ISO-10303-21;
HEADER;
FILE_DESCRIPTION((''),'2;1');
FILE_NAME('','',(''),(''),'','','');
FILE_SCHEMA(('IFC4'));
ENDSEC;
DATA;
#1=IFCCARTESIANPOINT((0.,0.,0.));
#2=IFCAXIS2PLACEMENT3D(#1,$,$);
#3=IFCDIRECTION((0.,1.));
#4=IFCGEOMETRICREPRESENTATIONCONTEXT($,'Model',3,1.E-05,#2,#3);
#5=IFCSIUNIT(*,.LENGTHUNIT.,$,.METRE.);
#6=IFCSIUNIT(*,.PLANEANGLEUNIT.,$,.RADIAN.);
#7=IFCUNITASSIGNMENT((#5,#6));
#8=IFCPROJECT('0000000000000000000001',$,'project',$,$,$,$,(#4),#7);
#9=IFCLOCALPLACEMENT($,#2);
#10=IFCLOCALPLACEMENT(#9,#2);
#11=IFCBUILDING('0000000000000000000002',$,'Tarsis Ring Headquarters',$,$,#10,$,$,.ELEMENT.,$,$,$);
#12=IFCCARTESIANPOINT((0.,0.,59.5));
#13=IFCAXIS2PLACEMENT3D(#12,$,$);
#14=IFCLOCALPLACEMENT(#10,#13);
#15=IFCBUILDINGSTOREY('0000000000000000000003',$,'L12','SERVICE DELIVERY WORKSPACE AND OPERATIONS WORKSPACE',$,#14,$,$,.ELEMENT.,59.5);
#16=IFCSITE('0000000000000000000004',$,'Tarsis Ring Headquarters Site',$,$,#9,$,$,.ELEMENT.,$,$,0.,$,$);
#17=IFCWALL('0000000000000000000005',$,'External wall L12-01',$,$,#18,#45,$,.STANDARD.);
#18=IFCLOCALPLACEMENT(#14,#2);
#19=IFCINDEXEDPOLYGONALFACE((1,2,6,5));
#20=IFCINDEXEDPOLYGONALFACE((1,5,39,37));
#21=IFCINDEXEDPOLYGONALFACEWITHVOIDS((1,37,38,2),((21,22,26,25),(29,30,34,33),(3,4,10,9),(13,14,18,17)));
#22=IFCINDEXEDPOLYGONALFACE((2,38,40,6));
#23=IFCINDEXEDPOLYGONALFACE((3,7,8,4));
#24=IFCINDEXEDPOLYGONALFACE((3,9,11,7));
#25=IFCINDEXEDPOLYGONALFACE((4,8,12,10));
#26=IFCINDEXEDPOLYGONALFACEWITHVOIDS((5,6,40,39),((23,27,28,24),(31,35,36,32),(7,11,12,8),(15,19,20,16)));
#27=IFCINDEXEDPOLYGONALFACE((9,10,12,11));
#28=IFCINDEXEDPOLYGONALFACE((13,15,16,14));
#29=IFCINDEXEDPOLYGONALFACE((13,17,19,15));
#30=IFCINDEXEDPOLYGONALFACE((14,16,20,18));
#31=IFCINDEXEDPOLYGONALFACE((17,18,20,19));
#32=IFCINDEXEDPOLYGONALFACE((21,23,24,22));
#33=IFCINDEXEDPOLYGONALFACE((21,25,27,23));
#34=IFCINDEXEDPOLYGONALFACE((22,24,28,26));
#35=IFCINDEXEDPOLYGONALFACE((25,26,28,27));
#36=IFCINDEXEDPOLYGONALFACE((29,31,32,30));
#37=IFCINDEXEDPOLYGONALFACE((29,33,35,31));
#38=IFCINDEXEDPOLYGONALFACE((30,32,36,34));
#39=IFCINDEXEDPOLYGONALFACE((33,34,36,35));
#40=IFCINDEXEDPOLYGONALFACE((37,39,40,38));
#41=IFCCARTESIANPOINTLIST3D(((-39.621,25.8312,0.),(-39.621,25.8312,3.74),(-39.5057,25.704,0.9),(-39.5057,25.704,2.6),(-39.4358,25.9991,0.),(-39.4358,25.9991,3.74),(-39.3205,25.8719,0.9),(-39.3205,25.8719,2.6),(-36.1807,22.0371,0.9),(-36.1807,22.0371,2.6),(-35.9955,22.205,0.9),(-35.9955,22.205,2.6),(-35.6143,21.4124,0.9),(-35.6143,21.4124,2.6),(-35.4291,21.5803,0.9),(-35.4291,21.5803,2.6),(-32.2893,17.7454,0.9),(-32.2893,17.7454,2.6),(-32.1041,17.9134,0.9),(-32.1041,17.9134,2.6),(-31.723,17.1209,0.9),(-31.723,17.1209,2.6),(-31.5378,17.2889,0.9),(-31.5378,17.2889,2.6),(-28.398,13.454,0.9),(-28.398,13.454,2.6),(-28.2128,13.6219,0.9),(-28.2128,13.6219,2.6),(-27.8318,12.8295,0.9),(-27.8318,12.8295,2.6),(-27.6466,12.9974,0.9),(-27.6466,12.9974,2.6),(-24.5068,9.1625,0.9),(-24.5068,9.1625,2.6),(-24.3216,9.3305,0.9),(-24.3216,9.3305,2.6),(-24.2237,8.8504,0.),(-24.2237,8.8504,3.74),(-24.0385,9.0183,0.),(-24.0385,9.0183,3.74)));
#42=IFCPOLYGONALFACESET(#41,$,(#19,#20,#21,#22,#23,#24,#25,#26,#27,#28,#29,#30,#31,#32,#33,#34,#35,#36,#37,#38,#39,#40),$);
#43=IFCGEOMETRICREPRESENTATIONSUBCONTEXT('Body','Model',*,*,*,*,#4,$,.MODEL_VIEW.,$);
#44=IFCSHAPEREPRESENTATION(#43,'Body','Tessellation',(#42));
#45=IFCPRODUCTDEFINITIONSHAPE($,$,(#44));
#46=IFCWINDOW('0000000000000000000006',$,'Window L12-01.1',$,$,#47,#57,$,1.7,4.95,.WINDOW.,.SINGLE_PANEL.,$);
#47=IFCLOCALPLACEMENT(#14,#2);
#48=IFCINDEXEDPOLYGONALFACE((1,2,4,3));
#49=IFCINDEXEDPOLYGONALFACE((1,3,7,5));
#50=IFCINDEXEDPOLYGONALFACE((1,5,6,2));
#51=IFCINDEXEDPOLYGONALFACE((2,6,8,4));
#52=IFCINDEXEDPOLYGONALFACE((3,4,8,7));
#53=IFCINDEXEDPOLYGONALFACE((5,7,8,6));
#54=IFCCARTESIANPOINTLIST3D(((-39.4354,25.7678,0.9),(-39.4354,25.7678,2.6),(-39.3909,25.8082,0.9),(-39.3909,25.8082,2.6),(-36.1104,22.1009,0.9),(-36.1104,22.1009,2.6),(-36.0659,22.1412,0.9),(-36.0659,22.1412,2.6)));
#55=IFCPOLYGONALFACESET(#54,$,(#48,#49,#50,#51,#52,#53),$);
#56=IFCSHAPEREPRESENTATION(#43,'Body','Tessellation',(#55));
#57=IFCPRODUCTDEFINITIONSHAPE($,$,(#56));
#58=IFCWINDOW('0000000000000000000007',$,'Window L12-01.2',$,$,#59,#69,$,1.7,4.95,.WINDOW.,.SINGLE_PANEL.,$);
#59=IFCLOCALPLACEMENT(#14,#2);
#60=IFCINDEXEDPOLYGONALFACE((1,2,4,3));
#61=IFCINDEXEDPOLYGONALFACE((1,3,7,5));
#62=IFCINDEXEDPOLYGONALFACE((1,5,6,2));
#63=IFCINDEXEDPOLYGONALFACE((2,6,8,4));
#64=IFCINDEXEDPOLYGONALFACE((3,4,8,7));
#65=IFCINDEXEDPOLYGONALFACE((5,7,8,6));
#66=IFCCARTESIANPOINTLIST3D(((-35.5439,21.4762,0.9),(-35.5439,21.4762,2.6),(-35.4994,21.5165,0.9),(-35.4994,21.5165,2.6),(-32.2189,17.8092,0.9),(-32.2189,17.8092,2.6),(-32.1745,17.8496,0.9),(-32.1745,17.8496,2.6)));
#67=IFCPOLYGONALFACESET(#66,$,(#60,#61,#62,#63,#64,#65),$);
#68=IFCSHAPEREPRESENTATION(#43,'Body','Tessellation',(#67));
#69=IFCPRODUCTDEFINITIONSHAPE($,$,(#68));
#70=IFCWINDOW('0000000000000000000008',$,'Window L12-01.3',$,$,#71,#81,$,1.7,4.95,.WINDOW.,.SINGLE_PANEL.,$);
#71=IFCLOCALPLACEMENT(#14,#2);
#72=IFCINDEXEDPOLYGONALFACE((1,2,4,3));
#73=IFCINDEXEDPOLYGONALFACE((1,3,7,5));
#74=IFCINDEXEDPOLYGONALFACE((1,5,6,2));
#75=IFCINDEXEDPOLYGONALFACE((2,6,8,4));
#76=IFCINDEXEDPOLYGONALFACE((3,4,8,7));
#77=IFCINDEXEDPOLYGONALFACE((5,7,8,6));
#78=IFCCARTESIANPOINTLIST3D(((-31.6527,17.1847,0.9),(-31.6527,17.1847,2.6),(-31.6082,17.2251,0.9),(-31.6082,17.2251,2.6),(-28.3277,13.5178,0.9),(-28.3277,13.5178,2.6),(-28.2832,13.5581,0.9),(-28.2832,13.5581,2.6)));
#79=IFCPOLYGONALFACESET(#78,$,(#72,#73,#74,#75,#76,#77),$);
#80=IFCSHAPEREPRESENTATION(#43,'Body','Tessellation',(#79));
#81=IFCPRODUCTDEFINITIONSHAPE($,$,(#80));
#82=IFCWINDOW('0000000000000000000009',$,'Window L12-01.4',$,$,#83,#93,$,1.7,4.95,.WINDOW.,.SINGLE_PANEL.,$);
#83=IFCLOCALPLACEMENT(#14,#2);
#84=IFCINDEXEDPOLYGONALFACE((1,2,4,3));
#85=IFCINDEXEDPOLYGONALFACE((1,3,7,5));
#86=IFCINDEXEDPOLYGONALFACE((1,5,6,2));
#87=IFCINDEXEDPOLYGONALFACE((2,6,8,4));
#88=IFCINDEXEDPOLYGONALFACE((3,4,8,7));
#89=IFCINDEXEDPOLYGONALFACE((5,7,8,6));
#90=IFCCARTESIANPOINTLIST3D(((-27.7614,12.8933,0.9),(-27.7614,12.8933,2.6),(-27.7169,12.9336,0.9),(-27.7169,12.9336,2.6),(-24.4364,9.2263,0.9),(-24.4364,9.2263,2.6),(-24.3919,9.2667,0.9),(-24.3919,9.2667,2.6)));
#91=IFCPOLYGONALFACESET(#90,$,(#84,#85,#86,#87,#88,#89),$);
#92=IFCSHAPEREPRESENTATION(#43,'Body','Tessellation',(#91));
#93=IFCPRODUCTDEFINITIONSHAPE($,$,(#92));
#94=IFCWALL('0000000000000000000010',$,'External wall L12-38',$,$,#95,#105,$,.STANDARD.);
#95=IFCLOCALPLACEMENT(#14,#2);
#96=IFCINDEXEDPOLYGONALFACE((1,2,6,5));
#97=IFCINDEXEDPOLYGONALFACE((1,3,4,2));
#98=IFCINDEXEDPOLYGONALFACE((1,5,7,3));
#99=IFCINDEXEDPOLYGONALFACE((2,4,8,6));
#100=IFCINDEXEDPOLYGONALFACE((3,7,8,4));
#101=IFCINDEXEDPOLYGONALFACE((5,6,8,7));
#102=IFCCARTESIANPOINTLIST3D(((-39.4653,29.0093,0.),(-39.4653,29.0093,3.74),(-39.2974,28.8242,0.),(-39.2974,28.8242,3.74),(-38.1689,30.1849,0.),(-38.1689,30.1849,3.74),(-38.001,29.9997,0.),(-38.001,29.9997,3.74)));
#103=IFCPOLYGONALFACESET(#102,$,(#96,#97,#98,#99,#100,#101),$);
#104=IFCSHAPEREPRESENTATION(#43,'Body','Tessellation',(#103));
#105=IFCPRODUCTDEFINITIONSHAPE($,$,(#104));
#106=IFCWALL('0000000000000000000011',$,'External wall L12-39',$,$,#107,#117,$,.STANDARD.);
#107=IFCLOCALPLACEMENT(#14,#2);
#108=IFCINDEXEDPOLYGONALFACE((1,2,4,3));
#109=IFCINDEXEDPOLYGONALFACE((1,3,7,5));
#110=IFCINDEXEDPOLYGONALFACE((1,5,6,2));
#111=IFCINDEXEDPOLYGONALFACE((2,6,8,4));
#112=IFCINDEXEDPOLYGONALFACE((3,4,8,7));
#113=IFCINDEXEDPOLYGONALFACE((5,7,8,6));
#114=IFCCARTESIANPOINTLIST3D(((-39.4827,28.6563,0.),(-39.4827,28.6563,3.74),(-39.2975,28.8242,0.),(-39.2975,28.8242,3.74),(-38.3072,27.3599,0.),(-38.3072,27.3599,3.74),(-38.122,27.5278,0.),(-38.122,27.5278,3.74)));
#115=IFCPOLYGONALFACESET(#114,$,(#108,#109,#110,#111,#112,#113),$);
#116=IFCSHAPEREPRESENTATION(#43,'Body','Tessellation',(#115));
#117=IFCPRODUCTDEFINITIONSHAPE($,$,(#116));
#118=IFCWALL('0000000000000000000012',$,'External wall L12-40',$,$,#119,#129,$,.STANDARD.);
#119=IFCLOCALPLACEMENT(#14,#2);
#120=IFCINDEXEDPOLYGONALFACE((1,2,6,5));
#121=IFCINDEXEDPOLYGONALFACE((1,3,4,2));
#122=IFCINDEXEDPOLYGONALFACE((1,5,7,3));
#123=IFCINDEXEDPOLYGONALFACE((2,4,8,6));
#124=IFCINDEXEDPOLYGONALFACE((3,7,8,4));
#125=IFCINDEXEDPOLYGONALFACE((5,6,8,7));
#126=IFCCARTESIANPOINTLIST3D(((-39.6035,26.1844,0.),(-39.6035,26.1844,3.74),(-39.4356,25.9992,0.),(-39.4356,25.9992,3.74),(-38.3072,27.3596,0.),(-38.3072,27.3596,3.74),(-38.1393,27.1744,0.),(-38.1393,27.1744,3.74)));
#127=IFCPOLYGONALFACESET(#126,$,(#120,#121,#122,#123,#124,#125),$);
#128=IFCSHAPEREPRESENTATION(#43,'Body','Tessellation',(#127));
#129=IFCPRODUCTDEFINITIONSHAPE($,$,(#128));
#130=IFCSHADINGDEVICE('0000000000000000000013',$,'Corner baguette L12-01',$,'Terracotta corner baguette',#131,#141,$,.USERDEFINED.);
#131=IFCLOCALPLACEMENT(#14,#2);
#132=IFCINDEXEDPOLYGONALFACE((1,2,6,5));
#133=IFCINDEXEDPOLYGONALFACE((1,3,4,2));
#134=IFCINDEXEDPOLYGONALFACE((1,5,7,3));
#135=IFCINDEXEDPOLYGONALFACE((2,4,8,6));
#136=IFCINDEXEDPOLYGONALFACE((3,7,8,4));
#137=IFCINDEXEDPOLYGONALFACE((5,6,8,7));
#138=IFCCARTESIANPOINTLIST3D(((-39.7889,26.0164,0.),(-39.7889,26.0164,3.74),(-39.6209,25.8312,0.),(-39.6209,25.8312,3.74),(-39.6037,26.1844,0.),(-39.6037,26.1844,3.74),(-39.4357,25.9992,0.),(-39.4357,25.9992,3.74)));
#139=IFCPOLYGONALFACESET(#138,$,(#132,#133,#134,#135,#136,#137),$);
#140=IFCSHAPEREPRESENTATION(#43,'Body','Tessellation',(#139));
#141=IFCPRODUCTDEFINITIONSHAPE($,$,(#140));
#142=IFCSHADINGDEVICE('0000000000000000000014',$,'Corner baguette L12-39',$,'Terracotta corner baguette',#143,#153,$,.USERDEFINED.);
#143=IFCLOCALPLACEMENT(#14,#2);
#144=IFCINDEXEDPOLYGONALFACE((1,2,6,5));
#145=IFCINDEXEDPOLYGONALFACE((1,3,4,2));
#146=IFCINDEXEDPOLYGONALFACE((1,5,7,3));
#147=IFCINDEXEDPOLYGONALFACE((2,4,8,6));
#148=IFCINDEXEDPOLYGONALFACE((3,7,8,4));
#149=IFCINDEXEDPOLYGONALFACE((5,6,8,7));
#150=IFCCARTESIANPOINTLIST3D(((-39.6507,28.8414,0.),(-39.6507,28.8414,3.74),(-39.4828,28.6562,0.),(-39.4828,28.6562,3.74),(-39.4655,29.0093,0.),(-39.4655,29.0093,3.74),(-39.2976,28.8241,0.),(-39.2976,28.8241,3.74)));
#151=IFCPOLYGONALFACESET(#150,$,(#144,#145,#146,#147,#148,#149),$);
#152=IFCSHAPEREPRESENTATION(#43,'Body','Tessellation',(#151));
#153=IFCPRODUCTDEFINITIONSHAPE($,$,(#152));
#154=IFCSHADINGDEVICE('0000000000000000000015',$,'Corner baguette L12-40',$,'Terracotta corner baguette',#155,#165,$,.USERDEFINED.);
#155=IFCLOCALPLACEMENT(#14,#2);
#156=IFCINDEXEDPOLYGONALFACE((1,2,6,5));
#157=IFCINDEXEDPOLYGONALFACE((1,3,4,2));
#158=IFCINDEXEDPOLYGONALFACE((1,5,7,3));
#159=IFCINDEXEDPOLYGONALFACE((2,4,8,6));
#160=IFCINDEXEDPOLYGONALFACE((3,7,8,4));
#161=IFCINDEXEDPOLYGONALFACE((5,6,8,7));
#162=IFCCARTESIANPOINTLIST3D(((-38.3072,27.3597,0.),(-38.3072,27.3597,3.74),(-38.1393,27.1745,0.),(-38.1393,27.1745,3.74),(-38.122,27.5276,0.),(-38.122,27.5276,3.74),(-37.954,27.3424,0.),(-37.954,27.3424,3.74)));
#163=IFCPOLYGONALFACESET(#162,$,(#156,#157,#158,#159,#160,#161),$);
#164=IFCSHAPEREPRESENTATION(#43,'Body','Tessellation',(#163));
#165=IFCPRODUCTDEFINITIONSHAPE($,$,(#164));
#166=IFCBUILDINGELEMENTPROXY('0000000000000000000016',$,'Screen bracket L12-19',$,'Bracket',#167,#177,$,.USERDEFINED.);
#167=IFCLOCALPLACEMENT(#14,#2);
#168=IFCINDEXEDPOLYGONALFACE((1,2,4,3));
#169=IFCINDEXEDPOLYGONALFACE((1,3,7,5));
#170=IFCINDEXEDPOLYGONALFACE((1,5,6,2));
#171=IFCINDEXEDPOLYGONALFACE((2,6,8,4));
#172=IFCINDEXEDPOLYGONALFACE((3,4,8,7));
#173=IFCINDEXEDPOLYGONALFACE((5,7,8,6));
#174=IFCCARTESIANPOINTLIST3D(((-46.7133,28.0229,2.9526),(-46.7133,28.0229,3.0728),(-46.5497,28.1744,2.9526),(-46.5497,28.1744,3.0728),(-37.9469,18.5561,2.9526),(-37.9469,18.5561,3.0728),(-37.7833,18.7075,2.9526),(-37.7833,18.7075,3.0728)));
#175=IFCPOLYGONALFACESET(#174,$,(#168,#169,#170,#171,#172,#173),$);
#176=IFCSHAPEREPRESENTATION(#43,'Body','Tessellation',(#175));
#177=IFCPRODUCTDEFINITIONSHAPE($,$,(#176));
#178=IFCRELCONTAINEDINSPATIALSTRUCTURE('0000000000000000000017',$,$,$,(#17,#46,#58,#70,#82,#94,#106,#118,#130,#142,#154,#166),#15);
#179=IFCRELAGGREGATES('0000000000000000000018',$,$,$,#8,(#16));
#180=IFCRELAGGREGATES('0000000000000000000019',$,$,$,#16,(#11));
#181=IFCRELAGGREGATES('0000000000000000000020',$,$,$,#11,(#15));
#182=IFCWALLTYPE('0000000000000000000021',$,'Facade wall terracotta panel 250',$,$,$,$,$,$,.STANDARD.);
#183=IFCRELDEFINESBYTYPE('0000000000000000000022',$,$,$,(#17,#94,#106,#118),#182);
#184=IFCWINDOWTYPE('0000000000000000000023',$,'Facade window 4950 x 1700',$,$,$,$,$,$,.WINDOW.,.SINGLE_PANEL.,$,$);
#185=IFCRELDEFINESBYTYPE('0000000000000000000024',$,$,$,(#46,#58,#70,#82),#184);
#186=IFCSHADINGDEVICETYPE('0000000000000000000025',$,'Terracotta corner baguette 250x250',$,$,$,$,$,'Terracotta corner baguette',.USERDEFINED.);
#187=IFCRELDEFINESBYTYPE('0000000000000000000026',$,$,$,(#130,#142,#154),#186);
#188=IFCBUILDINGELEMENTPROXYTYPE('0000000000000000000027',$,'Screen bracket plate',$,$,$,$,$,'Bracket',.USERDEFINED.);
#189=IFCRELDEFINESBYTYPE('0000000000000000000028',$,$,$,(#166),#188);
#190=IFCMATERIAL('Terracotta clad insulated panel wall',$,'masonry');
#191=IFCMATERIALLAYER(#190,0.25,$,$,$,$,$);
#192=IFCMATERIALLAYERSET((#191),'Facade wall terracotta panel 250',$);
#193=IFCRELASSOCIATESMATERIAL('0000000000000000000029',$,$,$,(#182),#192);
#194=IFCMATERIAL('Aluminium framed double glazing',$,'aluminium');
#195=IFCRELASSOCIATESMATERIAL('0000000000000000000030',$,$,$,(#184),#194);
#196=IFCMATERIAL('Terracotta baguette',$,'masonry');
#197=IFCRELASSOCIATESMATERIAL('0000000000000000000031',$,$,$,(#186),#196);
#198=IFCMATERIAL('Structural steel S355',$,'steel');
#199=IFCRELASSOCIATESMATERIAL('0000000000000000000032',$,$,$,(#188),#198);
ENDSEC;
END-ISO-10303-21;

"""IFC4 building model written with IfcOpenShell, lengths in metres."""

from ifc_helpers import new_model, si_unit, direction, frame, frame_2d, origin, origin_2d, place, context, subcontext, project, spatial, rectangle, extrude, material, layer, layer_set, type_object, element, fill, save


model = new_model("IFC4")

# Units and contexts
model_context = context("Model", 3, precision=1e-05, world=origin(), true_north=direction((0.0, 1.0)))
body_context = subcontext(model_context, "Body", "Model", "MODEL_VIEW")
ifc_project = project(units=[si_unit("LENGTHUNIT", "METRE"), si_unit("PLANEANGLEUNIT", "RADIAN")], contexts=[model_context])

# Site, building, storey
site_placement = place(None, origin())
site = spatial("IfcSite", under=ifc_project, at=site_placement, Name="Tarsis Ring Headquarters Site", CompositionType="ELEMENT", RefElevation=0.0)
building_placement = place(site_placement, origin())
building = spatial("IfcBuilding", under=site, at=building_placement, Name="Tarsis Ring Headquarters", CompositionType="ELEMENT")
storey_placement = place(building_placement, frame((0.0, 0.0, 59.5)))
storey = spatial("IfcBuildingStorey", under=building, at=storey_placement, Name="L12", Description="SERVICE DELIVERY WORKSPACE AND OPERATIONS WORKSPACE", CompositionType="ELEMENT", Elevation=59.5)

# Shared definitions
ifc_material_1 = material(Name="Structural steel S355", Category="steel")

# Wall, openings, windows
ifc_material_2 = material(Name="Terracotta clad insulated panel wall", Category="masonry")
ifc_layer_1 = layer(ifc_material_2, 0.25)
ifc_layer_set_1 = layer_set([ifc_layer_1], Name="Facade wall terracotta panel 250")
wall_type_1 = type_object("IfcWallType", Name="Facade wall terracotta panel 250", PredefinedType="STANDARD", material=ifc_layer_set_1)
wall_1_placement = place(storey_placement, frame((-39.5283, 25.915, 0.0), z_axis=(0.0, 0.0, 1.0), x_axis=(0.671722, -0.740804, 0.0)))
wall_1 = element("IfcWall", 1, at=wall_1_placement, inside=storey, type_object=wall_type_1, Name="External wall L12-01", PredefinedType="STANDARD", context=body_context, shape_type="SweptSolid", body=[
    extrude(rectangle(XDim=22.9221, YDim=0.25, at=frame_2d((11.4609, 0.0))), origin(), (0.0, 0.0, 1.0), 3.74),
])
opening_1_placement = place(wall_1_placement, frame((0.1714, 0.0, 0.8999)))
opening_1 = element("IfcOpeningElement", 2, at=opening_1_placement, cuts=wall_1, PredefinedType="OPENING", context=body_context, shape_type="SweptSolid", body=[
    extrude(rectangle(XDim=4.95, YDim=1.7, at=frame_2d((2.4751, 0.8501))), frame((0.0, 0.135, 0.0), z_axis=(0.0, -1.0, 0.0), x_axis=(1.0, 0.0, 0.0)), (0.0, 0.0, 1.0), 0.27),
])
opening_2_placement = place(wall_1_placement, frame((5.9646, 0.0, 0.8999)))
opening_2 = element("IfcOpeningElement", 3, at=opening_2_placement, cuts=wall_1, PredefinedType="OPENING", context=body_context, shape_type="SweptSolid", body=[
    extrude(rectangle(XDim=4.95, YDim=1.7, at=frame_2d((2.4751, 0.8501))), frame((0.0, 0.135, 0.0), z_axis=(0.0, -1.0, 0.0), x_axis=(1.0, 0.0, 0.0)), (0.0, 0.0, 1.0), 0.27),
])
opening_3_placement = place(wall_1_placement, frame((11.7576, 0.0, 0.8999)))
opening_3 = element("IfcOpeningElement", 4, at=opening_3_placement, cuts=wall_1, PredefinedType="OPENING", context=body_context, shape_type="SweptSolid", body=[
    extrude(rectangle(XDim=4.95, YDim=1.7, at=frame_2d((2.4751, 0.8501))), frame((0.0, 0.135, 0.0), z_axis=(0.0, -1.0, 0.0), x_axis=(1.0, 0.0, 0.0)), (0.0, 0.0, 1.0), 0.27),
])
opening_4_placement = place(wall_1_placement, frame((17.5505, 0.0, 0.8999)))
opening_4 = element("IfcOpeningElement", 5, at=opening_4_placement, cuts=wall_1, PredefinedType="OPENING", context=body_context, shape_type="SweptSolid", body=[
    extrude(rectangle(XDim=4.95, YDim=1.7, at=frame_2d((2.4751, 0.8501))), frame((0.0, 0.135, 0.0), z_axis=(0.0, -1.0, 0.0), x_axis=(1.0, 0.0, 0.0)), (0.0, 0.0, 1.0), 0.27),
])
ifc_material_3 = material(Name="Aluminium framed double glazing", Category="aluminium")
window_type = type_object("IfcWindowType", Name="Facade window 4950 x 1700", PartitioningType="SINGLE_PANEL", PredefinedType="WINDOW", material=ifc_material_3)
window_1_placement = place(opening_1_placement, origin())
window_1 = element("IfcWindow", 6, at=window_1_placement, inside=storey, type_object=window_type, Name="Window L12-01.1", OverallHeight=1.7, OverallWidth=4.95, PartitioningType="SINGLE_PANEL", PredefinedType="WINDOW", context=body_context, shape_type="SweptSolid", body=[
    extrude(rectangle(XDim=4.95, YDim=1.7, at=frame_2d((2.4751, 0.8501))), frame((0.0, 0.03, 0.0), z_axis=(0.0, -1.0, 0.0), x_axis=(1.0, 0.0, 0.0)), (0.0, 0.0, 1.0), 0.0601),
])
fill(opening_1, window_1)
window_2_placement = place(opening_2_placement, origin())
window_2 = element("IfcWindow", 7, at=window_2_placement, inside=storey, type_object=window_type, Name="Window L12-01.2", OverallHeight=1.7, OverallWidth=4.95, PartitioningType="SINGLE_PANEL", PredefinedType="WINDOW", context=body_context, shape_type="SweptSolid", body=[
    extrude(rectangle(XDim=4.95, YDim=1.7, at=frame_2d((2.4751, 0.8501))), frame((0.0, 0.03, 0.0), z_axis=(0.0, -1.0, 0.0), x_axis=(1.0, 0.0, 0.0)), (0.0, 0.0, 1.0), 0.0601),
])
fill(opening_2, window_2)
window_3_placement = place(opening_3_placement, origin())
window_3 = element("IfcWindow", 8, at=window_3_placement, inside=storey, type_object=window_type, Name="Window L12-01.3", OverallHeight=1.7, OverallWidth=4.95, PartitioningType="SINGLE_PANEL", PredefinedType="WINDOW", context=body_context, shape_type="SweptSolid", body=[
    extrude(rectangle(XDim=4.95, YDim=1.7, at=frame_2d((2.4751, 0.8501))), frame((0.0, 0.03, 0.0), z_axis=(0.0, -1.0, 0.0), x_axis=(1.0, 0.0, 0.0)), (0.0, 0.0, 1.0), 0.0601),
])
fill(opening_3, window_3)
window_4_placement = place(opening_4_placement, origin())
window_4 = element("IfcWindow", 9, at=window_4_placement, inside=storey, type_object=window_type, Name="Window L12-01.4", OverallHeight=1.7, OverallWidth=4.95, PartitioningType="SINGLE_PANEL", PredefinedType="WINDOW", context=body_context, shape_type="SweptSolid", body=[
    extrude(rectangle(XDim=4.95, YDim=1.7, at=frame_2d((2.4751, 0.8501))), frame((0.0, 0.03, 0.0), z_axis=(0.0, -1.0, 0.0), x_axis=(1.0, 0.0, 0.0)), (0.0, 0.0, 1.0), 0.0601),
])
fill(opening_4, window_4)

# Walls
for number, where, z_axis, x_axis, name in (
    (10, (-38.085, 30.0923, 0.0), (0.0, 0.0, 1.0), (-0.740792, -0.671735, 0.0), "External wall L12-38"),
    (11, (-39.3901, 28.7402, 0.0), (0.0, 0.0, 1.0), (0.671735, -0.740792, 0.0), "External wall L12-39"),
):
    element("IfcWall", number, at=place(storey_placement, frame(where, z_axis=z_axis, x_axis=x_axis)), inside=storey, type_object=wall_type_1, Name=name, PredefinedType="STANDARD", context=body_context, shape_type="SweptSolid", body=[
        extrude(rectangle(XDim=1.75, YDim=0.25, at=frame_2d((0.875, 0.0))), origin(), (0.0, 0.0, 1.0), 3.74),
    ])
wall_2_placement = place(storey_placement, frame((-38.2231, 27.2671, 0.0), z_axis=(0.0, 0.0, 1.0), x_axis=(-0.740861, -0.671658, 0.0)))
element("IfcWall", 12, at=wall_2_placement, inside=storey, type_object=wall_type_1, Name="External wall L12-40", PredefinedType="STANDARD", context=body_context, shape_type="SweptSolid", body=[
    extrude(rectangle(XDim=1.7498, YDim=0.25, at=frame_2d((0.875, 0.0))), origin(), (0.0, 0.0, 1.0), 3.74),
])

# Shading devices
ifc_material_4 = material(Name="Terracotta baguette", Category="masonry")
shading_device_type_1 = type_object("IfcShadingDeviceType", Name="Terracotta corner baguette 250x250", ElementType="Terracotta corner baguette", PredefinedType="USERDEFINED", material=ifc_material_4)
for number, where, z_axis, x_axis, name in (
    (13, (-39.6123, 26.0078, 0.0), (0.0, 0.0, 1.0), (-0.740804, -0.671721, 0.0), "Corner baguette L12-01"),
    (14, (-39.4741, 28.8328, 0.0), (0.0, 0.0, 1.0), (-0.740804, -0.671721, 0.0), "Corner baguette L12-39"),
    (15, (-38.1306, 27.3511, 0.0), (0.0, 0.0, 1.0), (0.671721, -0.740804, 0.0), "Corner baguette L12-40"),
):
    element("IfcShadingDevice", number, at=place(storey_placement, frame(where, z_axis=z_axis, x_axis=x_axis)), inside=storey, type_object=shading_device_type_1, Name=name, ObjectType="Terracotta corner baguette", PredefinedType="USERDEFINED", context=body_context, shape_type="SweptSolid", body=[
        extrude(rectangle(XDim=0.25, YDim=0.25, at=origin_2d()), origin(), (0.0, 0.0, 1.0), 3.74),
    ])

# Building element proxy
building_element_proxy_type = type_object("IfcBuildingElementProxyType", Name="Screen bracket plate", ElementType="Bracket", PredefinedType="USERDEFINED", material=ifc_material_1)
proxy_placement = place(storey_placement, frame((-42.2483, 23.3652, 2.9526), z_axis=(0.0, 0.0, 1.0), x_axis=(0.679441, -0.73373, 0.0)))
element("IfcBuildingElementProxy", 16, at=proxy_placement, inside=storey, type_object=building_element_proxy_type, Name="Screen bracket L12-19", ObjectType="Bracket", PredefinedType="USERDEFINED", context=body_context, shape_type="SweptSolid", body=[
    extrude(rectangle(XDim=12.9023, YDim=0.2229, at=origin_2d()), origin(), (0.0, 0.0, 1.0), 0.1201),
])

save(model, "model.ifc")
